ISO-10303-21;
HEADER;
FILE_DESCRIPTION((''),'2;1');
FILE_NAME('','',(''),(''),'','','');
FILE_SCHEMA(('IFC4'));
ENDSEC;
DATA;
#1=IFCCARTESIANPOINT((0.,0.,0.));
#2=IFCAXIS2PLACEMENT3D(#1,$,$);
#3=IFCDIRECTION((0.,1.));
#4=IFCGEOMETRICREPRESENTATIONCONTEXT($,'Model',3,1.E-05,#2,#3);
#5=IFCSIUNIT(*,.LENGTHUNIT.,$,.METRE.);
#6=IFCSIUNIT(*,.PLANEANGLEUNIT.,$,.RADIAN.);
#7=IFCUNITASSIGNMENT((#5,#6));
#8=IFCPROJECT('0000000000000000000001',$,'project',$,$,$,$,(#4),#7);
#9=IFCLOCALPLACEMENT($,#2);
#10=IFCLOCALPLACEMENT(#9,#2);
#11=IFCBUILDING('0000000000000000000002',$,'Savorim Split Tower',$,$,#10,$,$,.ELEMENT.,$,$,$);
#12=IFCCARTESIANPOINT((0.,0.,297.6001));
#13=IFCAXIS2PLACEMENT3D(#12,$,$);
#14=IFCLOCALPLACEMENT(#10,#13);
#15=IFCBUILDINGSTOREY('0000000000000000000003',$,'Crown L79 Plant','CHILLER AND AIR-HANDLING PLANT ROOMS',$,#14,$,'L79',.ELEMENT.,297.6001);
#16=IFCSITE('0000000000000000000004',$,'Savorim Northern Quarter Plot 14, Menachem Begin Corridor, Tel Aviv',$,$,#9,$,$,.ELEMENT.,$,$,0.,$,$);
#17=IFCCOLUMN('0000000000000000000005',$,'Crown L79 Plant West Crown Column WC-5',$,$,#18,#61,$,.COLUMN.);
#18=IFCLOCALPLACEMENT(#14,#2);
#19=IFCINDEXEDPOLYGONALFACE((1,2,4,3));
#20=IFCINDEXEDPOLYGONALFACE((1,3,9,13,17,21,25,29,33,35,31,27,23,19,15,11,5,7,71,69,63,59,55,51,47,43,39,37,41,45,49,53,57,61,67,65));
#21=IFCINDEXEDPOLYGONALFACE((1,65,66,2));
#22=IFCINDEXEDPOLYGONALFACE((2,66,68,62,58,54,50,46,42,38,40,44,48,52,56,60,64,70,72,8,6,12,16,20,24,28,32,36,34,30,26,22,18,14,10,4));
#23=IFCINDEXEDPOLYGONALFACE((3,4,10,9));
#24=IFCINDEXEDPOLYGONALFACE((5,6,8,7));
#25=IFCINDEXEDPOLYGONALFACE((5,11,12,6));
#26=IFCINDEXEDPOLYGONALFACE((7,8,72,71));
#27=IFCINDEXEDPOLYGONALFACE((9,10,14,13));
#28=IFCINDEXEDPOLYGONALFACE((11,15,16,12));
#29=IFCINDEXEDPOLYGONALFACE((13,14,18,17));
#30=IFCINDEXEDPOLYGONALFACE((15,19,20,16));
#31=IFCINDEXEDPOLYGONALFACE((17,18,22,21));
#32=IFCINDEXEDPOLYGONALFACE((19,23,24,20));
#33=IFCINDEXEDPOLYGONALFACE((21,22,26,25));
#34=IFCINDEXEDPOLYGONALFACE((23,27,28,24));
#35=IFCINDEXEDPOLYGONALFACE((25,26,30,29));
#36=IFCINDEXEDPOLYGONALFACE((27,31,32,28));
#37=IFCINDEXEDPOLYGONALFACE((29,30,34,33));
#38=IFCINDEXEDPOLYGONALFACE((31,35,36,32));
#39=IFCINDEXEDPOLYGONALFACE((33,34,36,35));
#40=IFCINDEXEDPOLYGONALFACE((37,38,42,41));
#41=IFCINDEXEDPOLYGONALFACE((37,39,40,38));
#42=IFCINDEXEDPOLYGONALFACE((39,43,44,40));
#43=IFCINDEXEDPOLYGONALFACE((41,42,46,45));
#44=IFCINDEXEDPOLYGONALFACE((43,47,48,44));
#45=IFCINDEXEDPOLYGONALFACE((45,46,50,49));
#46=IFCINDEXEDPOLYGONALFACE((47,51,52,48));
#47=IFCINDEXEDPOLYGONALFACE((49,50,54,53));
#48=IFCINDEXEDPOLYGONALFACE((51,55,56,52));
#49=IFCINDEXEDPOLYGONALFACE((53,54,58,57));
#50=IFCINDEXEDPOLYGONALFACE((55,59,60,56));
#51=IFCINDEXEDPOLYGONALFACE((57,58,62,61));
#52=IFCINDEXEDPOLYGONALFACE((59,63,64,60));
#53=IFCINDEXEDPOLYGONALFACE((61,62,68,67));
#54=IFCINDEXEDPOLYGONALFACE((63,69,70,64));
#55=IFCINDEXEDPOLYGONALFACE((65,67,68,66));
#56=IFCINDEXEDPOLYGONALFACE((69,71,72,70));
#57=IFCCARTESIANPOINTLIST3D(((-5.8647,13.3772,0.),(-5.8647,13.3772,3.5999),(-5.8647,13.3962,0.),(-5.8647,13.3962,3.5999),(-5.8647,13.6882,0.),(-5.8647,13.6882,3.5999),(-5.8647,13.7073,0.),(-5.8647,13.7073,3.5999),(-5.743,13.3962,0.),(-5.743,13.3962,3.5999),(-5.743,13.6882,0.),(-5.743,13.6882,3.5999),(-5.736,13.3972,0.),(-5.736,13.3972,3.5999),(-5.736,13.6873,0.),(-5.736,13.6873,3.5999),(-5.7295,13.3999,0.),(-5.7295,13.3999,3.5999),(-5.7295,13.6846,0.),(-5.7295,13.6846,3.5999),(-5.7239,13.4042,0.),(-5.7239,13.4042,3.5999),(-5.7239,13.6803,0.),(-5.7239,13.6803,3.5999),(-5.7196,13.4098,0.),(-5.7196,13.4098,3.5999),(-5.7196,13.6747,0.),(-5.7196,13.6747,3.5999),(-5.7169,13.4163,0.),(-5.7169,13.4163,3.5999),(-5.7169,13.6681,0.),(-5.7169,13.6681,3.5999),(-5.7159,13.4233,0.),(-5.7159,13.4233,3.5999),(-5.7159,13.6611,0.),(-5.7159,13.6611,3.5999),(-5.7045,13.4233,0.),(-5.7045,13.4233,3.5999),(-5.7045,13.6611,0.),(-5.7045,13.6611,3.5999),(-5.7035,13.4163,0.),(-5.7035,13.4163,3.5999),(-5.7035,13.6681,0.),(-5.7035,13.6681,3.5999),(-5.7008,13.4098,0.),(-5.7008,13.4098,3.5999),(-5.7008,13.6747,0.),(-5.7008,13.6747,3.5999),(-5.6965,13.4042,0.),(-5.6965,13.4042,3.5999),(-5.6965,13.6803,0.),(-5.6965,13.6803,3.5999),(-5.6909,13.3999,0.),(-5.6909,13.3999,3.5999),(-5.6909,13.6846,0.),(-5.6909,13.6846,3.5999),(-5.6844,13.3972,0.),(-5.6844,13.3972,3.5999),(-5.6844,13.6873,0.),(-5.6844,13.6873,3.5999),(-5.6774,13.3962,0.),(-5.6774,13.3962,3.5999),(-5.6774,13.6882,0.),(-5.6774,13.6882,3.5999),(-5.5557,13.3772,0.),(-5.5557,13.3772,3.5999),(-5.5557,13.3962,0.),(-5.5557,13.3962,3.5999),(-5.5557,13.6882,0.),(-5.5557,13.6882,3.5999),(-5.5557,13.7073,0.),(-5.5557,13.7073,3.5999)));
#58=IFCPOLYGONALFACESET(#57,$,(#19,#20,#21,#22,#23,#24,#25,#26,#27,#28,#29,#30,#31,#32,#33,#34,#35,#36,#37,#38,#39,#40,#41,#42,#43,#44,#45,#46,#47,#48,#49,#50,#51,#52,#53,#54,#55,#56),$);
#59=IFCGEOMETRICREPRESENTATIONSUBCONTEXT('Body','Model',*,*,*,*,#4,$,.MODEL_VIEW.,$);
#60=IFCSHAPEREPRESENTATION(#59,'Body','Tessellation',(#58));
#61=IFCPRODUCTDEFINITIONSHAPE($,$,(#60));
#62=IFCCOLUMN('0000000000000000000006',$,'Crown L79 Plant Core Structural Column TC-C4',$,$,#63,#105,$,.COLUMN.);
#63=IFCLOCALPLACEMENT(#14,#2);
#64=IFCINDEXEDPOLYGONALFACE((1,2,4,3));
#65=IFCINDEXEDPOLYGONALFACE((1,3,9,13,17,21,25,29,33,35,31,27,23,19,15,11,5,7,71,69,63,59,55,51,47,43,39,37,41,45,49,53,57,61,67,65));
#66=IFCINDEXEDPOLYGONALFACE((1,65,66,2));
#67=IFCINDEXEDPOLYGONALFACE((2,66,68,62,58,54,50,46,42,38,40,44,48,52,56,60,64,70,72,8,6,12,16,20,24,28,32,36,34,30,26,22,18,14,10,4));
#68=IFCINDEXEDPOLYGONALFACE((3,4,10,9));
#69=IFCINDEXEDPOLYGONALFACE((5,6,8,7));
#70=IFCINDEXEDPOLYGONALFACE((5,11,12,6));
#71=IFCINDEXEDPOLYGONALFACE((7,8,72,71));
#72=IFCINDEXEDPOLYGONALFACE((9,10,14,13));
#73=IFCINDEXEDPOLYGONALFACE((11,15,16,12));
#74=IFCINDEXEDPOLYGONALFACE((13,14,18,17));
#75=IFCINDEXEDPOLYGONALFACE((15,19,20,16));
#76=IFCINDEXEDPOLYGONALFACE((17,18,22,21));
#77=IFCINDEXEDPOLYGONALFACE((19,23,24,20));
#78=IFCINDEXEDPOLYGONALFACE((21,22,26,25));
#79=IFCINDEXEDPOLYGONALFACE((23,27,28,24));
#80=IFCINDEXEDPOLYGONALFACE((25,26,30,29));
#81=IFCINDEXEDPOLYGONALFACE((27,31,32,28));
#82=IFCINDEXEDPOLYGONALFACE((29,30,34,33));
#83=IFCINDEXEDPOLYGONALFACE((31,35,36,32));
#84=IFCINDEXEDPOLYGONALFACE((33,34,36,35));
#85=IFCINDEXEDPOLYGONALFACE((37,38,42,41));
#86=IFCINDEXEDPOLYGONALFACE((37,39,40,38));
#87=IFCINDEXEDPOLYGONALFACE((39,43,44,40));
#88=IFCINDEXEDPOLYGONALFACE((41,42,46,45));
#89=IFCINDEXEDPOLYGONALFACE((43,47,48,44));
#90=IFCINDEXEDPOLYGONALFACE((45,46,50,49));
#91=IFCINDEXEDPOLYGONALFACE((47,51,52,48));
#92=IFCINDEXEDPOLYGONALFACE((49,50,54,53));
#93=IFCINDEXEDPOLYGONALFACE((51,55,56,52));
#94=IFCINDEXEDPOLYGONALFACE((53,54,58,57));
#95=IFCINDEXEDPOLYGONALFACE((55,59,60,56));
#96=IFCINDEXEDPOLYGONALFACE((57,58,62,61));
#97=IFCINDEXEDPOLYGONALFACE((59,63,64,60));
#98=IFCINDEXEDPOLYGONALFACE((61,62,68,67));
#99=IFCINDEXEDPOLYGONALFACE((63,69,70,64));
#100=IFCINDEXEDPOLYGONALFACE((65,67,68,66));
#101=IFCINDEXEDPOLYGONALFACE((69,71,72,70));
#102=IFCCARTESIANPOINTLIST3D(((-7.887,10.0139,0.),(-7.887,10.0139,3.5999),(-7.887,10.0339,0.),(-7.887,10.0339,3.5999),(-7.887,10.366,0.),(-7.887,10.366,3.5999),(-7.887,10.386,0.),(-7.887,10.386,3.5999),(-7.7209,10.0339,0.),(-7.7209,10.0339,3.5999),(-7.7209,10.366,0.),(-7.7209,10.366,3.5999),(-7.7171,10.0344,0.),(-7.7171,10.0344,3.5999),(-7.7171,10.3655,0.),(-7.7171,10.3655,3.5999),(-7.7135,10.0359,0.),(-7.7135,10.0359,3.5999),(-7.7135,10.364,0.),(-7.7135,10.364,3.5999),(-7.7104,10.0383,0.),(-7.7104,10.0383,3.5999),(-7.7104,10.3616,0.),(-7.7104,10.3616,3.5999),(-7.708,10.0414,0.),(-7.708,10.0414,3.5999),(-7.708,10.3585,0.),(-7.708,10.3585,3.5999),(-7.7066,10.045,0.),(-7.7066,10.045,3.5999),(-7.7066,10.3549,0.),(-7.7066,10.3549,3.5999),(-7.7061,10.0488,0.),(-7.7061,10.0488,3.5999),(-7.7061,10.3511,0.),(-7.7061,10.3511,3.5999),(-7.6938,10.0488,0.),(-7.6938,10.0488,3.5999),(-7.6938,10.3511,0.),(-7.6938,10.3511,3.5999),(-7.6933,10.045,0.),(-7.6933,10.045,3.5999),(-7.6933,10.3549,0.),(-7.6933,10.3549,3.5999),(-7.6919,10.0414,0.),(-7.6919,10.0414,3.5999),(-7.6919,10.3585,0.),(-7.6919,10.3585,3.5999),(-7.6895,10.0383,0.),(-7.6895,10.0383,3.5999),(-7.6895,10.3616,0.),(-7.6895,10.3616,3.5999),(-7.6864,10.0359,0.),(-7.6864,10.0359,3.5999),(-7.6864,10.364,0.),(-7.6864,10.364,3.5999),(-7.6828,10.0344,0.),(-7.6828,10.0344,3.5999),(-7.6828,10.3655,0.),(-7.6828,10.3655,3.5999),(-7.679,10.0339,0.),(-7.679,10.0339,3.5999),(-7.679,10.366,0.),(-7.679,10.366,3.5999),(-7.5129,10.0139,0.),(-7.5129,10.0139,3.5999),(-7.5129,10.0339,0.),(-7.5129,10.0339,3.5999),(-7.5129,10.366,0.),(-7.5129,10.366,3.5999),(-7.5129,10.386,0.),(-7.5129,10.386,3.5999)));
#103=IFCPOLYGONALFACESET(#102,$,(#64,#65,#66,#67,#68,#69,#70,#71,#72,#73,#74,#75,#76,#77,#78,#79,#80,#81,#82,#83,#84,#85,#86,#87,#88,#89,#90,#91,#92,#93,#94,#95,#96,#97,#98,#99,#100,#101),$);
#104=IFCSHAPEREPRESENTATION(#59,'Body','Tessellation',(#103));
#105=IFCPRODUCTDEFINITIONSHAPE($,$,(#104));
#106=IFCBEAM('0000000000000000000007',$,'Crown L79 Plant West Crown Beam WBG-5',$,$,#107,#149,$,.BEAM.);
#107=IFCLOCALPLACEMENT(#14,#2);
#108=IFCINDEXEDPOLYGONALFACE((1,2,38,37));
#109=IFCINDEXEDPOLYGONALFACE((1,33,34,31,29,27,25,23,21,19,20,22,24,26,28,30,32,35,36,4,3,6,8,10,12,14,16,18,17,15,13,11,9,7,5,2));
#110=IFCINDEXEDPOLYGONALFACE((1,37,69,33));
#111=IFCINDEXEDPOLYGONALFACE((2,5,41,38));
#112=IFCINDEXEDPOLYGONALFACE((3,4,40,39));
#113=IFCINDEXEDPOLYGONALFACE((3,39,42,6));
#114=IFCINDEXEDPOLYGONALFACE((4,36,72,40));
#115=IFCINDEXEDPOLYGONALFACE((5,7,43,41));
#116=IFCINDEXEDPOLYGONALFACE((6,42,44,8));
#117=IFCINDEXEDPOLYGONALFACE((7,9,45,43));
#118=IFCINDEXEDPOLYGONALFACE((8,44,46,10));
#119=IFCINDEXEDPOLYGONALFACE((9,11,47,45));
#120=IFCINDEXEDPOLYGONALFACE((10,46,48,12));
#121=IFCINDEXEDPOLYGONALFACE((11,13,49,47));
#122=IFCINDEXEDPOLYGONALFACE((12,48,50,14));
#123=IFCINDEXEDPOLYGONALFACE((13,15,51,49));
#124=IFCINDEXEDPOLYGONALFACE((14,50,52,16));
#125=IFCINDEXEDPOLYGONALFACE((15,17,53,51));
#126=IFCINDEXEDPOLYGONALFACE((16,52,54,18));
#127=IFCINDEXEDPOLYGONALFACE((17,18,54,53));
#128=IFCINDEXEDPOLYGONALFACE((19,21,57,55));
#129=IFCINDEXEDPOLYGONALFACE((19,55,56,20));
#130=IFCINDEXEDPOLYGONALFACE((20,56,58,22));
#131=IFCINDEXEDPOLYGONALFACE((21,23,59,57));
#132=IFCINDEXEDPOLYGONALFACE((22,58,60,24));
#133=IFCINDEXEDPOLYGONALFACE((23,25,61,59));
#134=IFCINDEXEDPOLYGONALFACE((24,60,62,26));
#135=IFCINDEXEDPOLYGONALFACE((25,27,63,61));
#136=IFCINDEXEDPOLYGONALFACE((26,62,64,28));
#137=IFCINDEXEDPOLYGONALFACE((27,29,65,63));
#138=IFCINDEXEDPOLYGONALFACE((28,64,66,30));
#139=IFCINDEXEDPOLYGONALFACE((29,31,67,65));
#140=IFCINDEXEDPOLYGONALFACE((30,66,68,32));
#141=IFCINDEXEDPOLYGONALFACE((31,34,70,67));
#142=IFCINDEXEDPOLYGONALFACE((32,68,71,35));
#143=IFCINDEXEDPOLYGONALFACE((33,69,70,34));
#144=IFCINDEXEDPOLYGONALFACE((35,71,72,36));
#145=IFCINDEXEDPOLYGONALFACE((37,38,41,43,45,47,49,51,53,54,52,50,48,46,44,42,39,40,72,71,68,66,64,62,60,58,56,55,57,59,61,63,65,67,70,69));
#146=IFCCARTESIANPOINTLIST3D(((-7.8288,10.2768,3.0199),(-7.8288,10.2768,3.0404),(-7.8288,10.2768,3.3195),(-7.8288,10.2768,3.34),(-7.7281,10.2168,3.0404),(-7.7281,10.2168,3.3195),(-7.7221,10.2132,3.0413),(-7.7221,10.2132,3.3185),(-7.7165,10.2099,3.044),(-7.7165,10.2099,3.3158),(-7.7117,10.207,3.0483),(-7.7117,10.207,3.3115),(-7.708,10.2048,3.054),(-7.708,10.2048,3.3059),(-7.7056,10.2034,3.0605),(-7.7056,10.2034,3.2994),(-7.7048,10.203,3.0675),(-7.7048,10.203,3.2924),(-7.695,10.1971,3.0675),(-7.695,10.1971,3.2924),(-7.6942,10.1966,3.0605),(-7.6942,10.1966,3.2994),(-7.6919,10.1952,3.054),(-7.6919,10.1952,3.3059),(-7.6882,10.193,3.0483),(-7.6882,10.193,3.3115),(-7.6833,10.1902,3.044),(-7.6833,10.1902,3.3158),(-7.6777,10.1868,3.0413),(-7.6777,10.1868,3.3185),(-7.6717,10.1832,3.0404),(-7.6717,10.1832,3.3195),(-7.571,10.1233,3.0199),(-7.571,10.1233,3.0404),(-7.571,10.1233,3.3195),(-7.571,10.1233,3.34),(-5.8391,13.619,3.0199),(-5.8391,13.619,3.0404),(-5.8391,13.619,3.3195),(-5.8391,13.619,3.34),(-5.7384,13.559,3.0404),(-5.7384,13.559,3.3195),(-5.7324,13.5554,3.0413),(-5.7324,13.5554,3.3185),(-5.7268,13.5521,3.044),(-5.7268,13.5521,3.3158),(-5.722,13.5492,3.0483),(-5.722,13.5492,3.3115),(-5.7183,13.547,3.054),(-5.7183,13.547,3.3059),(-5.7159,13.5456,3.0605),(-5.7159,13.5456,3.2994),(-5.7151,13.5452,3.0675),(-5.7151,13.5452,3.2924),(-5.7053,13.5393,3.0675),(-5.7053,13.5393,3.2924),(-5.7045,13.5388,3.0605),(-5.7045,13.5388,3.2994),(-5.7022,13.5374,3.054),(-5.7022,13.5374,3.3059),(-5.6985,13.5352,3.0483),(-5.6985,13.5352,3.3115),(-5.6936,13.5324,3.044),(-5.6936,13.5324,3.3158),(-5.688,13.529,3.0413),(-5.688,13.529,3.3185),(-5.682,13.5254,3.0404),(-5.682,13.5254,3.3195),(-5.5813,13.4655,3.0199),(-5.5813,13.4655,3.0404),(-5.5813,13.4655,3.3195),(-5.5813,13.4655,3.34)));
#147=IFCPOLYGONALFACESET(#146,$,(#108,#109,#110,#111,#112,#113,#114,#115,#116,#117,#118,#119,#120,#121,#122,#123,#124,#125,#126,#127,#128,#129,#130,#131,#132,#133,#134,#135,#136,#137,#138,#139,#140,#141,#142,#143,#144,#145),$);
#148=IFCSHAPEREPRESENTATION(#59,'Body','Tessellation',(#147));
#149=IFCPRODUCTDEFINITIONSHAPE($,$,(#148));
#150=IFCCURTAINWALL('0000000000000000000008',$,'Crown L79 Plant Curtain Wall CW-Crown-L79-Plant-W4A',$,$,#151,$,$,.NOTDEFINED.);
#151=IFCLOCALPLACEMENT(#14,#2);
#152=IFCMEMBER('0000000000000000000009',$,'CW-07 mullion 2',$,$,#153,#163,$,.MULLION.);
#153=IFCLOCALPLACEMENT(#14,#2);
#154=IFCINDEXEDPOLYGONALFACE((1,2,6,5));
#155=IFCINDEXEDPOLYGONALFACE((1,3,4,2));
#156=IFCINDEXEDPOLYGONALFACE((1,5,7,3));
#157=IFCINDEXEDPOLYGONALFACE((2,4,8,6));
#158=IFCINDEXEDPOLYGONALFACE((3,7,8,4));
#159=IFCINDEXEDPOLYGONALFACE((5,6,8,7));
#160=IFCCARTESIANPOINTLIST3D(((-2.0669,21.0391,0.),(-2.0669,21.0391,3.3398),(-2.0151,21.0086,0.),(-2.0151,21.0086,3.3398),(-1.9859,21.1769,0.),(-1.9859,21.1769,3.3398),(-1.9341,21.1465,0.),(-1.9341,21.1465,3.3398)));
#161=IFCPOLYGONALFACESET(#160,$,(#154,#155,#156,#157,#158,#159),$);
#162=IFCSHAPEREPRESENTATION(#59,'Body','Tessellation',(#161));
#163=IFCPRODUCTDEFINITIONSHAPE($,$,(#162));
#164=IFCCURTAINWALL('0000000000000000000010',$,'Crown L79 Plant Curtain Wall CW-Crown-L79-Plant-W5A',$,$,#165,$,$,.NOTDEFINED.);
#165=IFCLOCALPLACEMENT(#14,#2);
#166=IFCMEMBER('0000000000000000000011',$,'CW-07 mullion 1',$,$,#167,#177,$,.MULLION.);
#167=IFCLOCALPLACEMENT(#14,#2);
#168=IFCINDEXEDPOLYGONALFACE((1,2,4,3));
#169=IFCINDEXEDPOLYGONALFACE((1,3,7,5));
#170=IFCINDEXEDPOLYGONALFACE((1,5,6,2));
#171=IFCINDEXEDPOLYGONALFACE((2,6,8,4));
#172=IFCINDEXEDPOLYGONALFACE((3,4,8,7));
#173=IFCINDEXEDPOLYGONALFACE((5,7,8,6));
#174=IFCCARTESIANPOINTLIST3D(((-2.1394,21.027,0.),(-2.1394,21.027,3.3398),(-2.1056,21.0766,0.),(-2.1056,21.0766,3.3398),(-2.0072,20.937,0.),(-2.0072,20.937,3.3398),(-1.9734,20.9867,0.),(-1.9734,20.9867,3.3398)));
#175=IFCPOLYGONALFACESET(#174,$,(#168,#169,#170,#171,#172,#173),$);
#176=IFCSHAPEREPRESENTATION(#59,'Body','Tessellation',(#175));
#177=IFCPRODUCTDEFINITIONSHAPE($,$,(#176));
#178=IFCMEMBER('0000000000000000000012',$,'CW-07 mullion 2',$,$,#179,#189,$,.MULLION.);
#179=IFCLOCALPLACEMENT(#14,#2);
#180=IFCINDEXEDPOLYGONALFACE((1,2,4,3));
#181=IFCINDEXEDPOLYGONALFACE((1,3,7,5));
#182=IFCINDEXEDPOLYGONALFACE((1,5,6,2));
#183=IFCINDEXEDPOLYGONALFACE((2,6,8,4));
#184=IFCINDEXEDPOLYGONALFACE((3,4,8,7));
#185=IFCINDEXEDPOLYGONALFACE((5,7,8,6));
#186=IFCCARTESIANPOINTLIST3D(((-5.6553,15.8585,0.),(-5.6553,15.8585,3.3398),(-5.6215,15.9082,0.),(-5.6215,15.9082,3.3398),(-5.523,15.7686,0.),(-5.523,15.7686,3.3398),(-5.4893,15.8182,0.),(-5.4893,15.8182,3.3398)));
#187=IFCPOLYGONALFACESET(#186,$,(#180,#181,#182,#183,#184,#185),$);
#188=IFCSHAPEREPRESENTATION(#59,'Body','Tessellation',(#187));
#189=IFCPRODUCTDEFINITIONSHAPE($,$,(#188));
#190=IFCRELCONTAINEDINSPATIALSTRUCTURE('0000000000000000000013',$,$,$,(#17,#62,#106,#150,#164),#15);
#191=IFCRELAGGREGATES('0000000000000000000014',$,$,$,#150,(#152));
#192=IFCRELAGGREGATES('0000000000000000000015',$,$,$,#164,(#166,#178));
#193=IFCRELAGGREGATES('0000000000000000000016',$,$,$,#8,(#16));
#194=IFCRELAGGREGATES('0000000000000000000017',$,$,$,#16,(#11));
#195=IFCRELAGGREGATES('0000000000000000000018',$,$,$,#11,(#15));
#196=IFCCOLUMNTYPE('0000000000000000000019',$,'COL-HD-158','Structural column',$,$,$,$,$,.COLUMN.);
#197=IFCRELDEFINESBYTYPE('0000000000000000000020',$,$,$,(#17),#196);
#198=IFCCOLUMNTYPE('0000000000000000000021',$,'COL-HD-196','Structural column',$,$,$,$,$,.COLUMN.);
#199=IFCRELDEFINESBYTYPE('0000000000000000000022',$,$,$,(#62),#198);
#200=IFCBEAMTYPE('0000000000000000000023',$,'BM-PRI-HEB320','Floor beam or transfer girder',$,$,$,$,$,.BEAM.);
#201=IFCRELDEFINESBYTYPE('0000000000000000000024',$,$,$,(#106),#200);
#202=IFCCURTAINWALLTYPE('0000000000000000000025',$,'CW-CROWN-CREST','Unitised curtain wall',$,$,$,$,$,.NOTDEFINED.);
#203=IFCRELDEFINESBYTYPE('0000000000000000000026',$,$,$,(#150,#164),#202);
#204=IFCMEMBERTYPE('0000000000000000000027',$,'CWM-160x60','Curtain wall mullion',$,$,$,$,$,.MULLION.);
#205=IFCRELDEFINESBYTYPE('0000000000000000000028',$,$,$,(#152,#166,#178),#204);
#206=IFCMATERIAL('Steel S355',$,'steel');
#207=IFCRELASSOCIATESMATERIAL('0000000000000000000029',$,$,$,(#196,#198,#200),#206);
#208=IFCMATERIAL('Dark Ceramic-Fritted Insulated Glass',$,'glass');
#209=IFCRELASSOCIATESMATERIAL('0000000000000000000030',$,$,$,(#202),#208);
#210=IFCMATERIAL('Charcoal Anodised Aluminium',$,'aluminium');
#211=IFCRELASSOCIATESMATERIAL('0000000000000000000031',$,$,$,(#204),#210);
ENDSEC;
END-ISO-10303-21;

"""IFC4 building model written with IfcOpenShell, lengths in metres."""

from ifc_helpers import new_model, si_unit, direction, frame, origin, origin_2d, place, context, subcontext, project, spatial, rectangle, i_section, extrude, material, material_profile, profile_set, type_object, element, aggregate, save


model = new_model("IFC4")

# Units and contexts
model_context = context("Model", 3, precision=1e-05, world=origin(), true_north=direction((0.0, 1.0)))
body_context = subcontext(model_context, "Body", "Model", "MODEL_VIEW")
ifc_project = project(units=[si_unit("LENGTHUNIT", "METRE"), si_unit("PLANEANGLEUNIT", "RADIAN")], contexts=[model_context])

# Site, building, storey
site_placement = place(None, origin())
site = spatial("IfcSite", under=ifc_project, at=site_placement, Name="Savorim Northern Quarter Plot 14, Menachem Begin Corridor, Tel Aviv", CompositionType="ELEMENT", RefElevation=0.0)
building_placement = place(site_placement, origin())
building = spatial("IfcBuilding", under=site, at=building_placement, Name="Savorim Split Tower", CompositionType="ELEMENT")
storey_placement = place(building_placement, frame((0.0, 0.0, 297.6001)))
storey = spatial("IfcBuildingStorey", under=building, at=storey_placement, Name="Crown L79 Plant", Description="CHILLER AND AIR-HANDLING PLANT ROOMS", LongName="L79", CompositionType="ELEMENT", Elevation=297.6001)

# Columns
ifc_material_1 = material(Name="Steel S355", Category="steel")
ifc_material_profile_1 = material_profile(ifc_material_1, i_section(OverallWidth=0.3091, OverallDepth=0.3301, WebThickness=0.0115, FlangeThickness=0.019, FilletRadius=0.0271, at=origin_2d()), Name="HD 320x158")
ifc_profile_set_1 = profile_set([ifc_material_profile_1], Name="Steel S355")
column_type_1 = type_object("IfcColumnType", Name="COL-HD-158", Description="Structural column", PredefinedType="COLUMN", material=ifc_profile_set_1)
column_1_placement = place(storey_placement, frame((-5.7102, 13.5422, 0.0), z_axis=(0.0, 0.0, 1.0), x_axis=(1.0, 0.0, 0.0)))
element("IfcColumn", 1, at=column_1_placement, inside=storey, type_object=column_type_1, Name="Crown L79 Plant West Crown Column WC-5", PredefinedType="COLUMN", context=body_context, shape_type="SweptSolid", body=[
    extrude(i_section(OverallWidth=0.3091, OverallDepth=0.3301, WebThickness=0.0115, FlangeThickness=0.019, FilletRadius=0.0271, at=origin_2d()), origin(), (0.0, 0.0, 1.0), 3.5999),
])
ifc_material_profile_2 = material_profile(ifc_material_1, i_section(OverallWidth=0.374, OverallDepth=0.3721, WebThickness=0.0122, FlangeThickness=0.02, FilletRadius=0.0149, at=origin_2d()), Name="HD 360x196")
ifc_profile_set_2 = profile_set([ifc_material_profile_2], Name="Steel S355")
column_type_2 = type_object("IfcColumnType", Name="COL-HD-196", Description="Structural column", PredefinedType="COLUMN", material=ifc_profile_set_2)
column_2_placement = place(storey_placement, frame((-7.7, 10.2, 0.0), z_axis=(0.0, 0.0, 1.0), x_axis=(1.0, 0.0, 0.0)))
element("IfcColumn", 2, at=column_2_placement, inside=storey, type_object=column_type_2, Name="Crown L79 Plant Core Structural Column TC-C4", PredefinedType="COLUMN", context=body_context, shape_type="SweptSolid", body=[
    extrude(i_section(OverallWidth=0.374, OverallDepth=0.3721, WebThickness=0.0122, FlangeThickness=0.02, FilletRadius=0.0149, at=origin_2d()), origin(), (0.0, 0.0, 1.0), 3.5999),
])

# Beam
ifc_material_profile_3 = material_profile(ifc_material_1, i_section(OverallWidth=0.3, OverallDepth=0.3201, WebThickness=0.0115, FlangeThickness=0.0205, FilletRadius=0.0271, at=origin_2d()), Name="HEB 320")
ifc_profile_set_3 = profile_set([ifc_material_profile_3], Name="Steel S355")
beam_type = type_object("IfcBeamType", Name="BM-PRI-HEB320", Description="Floor beam or transfer girder", PredefinedType="BEAM", material=ifc_profile_set_3)
beam_placement = place(storey_placement, frame((-5.7102, 13.5422, 3.1799), z_axis=(-0.511539, -0.85926, 0.0), x_axis=(0.85926, -0.511539, 0.0)))
element("IfcBeam", 3, at=beam_placement, inside=storey, type_object=beam_type, Name="Crown L79 Plant West Crown Beam WBG-5", PredefinedType="BEAM", context=body_context, shape_type="SweptSolid", body=[
    extrude(i_section(OverallWidth=0.3, OverallDepth=0.3201, WebThickness=0.0115, FlangeThickness=0.0205, FilletRadius=0.0271, at=origin_2d()), origin(), (0.0, 0.0, 1.0), 3.8896),
])

# Curtain wall, member
ifc_material_2 = material(Name="Dark Ceramic-Fritted Insulated Glass", Category="glass")
curtain_wall_type = type_object("IfcCurtainWallType", Name="CW-CROWN-CREST", Description="Unitised curtain wall", PredefinedType="NOTDEFINED", material=ifc_material_2)
curtain_wall_1_placement = place(storey_placement, origin())
curtain_wall_1 = element("IfcCurtainWall", 4, at=curtain_wall_1_placement, inside=storey, type_object=curtain_wall_type, Name="Crown L79 Plant Curtain Wall CW-Crown-L79-Plant-W4A", PredefinedType="NOTDEFINED")
ifc_material_3 = material(Name="Charcoal Anodised Aluminium", Category="aluminium")
ifc_material_profile_4 = material_profile(ifc_material_3, rectangle(XDim=0.1599, YDim=0.0601, at=origin_2d()), Name="ALU-M 160x60")
ifc_profile_set_4 = profile_set([ifc_material_profile_4], Name="Charcoal Anodised Aluminium")
member_type_1 = type_object("IfcMemberType", Name="CWM-160x60", Description="Curtain wall mullion", PredefinedType="MULLION", material=ifc_profile_set_4)
member_1_placement = place(storey_placement, frame((-2.0005, 21.0928, 0.0), z_axis=(0.0, 0.0, 1.0), x_axis=(-0.506694, -0.862126, 0.0)))
member_1 = element("IfcMember", 5, at=member_1_placement, type_object=member_type_1, Name="CW-07 mullion 2", PredefinedType="MULLION", context=body_context, shape_type="SweptSolid", body=[
    extrude(rectangle(XDim=0.1599, YDim=0.0601, at=origin_2d()), origin(), (0.0, 0.0, 1.0), 3.3398),
])

# Curtain wall, members
curtain_wall_2_placement = place(storey_placement, origin())
curtain_wall_2 = element("IfcCurtainWall", 6, at=curtain_wall_2_placement, inside=storey, type_object=curtain_wall_type, Name="Crown L79 Plant Curtain Wall CW-Crown-L79-Plant-W5A", PredefinedType="NOTDEFINED")
member_2_placement = place(storey_placement, frame((-2.0564, 21.0068, 0.0), z_axis=(0.0, 0.0, 1.0), x_axis=(0.826821, -0.562466, 0.0)))
member_2 = element("IfcMember", 7, at=member_2_placement, type_object=member_type_1, Name="CW-07 mullion 1", PredefinedType="MULLION", context=body_context, shape_type="SweptSolid", body=[
    extrude(rectangle(XDim=0.1599, YDim=0.0601, at=origin_2d()), origin(), (0.0, 0.0, 1.0), 3.3398),
])
member_3_placement = place(storey_placement, frame((-5.5723, 15.8384, 0.0), z_axis=(0.0, 0.0, 1.0), x_axis=(0.826821, -0.562466, 0.0)))
member_3 = element("IfcMember", 8, at=member_3_placement, type_object=member_type_1, Name="CW-07 mullion 2", PredefinedType="MULLION", context=body_context, shape_type="SweptSolid", body=[
    extrude(rectangle(XDim=0.1599, YDim=0.0601, at=origin_2d()), origin(), (0.0, 0.0, 1.0), 3.3398),
])

aggregate(curtain_wall_1, [member_1])
aggregate(curtain_wall_2, [member_2, member_3])

save(model, "model.ifc")
